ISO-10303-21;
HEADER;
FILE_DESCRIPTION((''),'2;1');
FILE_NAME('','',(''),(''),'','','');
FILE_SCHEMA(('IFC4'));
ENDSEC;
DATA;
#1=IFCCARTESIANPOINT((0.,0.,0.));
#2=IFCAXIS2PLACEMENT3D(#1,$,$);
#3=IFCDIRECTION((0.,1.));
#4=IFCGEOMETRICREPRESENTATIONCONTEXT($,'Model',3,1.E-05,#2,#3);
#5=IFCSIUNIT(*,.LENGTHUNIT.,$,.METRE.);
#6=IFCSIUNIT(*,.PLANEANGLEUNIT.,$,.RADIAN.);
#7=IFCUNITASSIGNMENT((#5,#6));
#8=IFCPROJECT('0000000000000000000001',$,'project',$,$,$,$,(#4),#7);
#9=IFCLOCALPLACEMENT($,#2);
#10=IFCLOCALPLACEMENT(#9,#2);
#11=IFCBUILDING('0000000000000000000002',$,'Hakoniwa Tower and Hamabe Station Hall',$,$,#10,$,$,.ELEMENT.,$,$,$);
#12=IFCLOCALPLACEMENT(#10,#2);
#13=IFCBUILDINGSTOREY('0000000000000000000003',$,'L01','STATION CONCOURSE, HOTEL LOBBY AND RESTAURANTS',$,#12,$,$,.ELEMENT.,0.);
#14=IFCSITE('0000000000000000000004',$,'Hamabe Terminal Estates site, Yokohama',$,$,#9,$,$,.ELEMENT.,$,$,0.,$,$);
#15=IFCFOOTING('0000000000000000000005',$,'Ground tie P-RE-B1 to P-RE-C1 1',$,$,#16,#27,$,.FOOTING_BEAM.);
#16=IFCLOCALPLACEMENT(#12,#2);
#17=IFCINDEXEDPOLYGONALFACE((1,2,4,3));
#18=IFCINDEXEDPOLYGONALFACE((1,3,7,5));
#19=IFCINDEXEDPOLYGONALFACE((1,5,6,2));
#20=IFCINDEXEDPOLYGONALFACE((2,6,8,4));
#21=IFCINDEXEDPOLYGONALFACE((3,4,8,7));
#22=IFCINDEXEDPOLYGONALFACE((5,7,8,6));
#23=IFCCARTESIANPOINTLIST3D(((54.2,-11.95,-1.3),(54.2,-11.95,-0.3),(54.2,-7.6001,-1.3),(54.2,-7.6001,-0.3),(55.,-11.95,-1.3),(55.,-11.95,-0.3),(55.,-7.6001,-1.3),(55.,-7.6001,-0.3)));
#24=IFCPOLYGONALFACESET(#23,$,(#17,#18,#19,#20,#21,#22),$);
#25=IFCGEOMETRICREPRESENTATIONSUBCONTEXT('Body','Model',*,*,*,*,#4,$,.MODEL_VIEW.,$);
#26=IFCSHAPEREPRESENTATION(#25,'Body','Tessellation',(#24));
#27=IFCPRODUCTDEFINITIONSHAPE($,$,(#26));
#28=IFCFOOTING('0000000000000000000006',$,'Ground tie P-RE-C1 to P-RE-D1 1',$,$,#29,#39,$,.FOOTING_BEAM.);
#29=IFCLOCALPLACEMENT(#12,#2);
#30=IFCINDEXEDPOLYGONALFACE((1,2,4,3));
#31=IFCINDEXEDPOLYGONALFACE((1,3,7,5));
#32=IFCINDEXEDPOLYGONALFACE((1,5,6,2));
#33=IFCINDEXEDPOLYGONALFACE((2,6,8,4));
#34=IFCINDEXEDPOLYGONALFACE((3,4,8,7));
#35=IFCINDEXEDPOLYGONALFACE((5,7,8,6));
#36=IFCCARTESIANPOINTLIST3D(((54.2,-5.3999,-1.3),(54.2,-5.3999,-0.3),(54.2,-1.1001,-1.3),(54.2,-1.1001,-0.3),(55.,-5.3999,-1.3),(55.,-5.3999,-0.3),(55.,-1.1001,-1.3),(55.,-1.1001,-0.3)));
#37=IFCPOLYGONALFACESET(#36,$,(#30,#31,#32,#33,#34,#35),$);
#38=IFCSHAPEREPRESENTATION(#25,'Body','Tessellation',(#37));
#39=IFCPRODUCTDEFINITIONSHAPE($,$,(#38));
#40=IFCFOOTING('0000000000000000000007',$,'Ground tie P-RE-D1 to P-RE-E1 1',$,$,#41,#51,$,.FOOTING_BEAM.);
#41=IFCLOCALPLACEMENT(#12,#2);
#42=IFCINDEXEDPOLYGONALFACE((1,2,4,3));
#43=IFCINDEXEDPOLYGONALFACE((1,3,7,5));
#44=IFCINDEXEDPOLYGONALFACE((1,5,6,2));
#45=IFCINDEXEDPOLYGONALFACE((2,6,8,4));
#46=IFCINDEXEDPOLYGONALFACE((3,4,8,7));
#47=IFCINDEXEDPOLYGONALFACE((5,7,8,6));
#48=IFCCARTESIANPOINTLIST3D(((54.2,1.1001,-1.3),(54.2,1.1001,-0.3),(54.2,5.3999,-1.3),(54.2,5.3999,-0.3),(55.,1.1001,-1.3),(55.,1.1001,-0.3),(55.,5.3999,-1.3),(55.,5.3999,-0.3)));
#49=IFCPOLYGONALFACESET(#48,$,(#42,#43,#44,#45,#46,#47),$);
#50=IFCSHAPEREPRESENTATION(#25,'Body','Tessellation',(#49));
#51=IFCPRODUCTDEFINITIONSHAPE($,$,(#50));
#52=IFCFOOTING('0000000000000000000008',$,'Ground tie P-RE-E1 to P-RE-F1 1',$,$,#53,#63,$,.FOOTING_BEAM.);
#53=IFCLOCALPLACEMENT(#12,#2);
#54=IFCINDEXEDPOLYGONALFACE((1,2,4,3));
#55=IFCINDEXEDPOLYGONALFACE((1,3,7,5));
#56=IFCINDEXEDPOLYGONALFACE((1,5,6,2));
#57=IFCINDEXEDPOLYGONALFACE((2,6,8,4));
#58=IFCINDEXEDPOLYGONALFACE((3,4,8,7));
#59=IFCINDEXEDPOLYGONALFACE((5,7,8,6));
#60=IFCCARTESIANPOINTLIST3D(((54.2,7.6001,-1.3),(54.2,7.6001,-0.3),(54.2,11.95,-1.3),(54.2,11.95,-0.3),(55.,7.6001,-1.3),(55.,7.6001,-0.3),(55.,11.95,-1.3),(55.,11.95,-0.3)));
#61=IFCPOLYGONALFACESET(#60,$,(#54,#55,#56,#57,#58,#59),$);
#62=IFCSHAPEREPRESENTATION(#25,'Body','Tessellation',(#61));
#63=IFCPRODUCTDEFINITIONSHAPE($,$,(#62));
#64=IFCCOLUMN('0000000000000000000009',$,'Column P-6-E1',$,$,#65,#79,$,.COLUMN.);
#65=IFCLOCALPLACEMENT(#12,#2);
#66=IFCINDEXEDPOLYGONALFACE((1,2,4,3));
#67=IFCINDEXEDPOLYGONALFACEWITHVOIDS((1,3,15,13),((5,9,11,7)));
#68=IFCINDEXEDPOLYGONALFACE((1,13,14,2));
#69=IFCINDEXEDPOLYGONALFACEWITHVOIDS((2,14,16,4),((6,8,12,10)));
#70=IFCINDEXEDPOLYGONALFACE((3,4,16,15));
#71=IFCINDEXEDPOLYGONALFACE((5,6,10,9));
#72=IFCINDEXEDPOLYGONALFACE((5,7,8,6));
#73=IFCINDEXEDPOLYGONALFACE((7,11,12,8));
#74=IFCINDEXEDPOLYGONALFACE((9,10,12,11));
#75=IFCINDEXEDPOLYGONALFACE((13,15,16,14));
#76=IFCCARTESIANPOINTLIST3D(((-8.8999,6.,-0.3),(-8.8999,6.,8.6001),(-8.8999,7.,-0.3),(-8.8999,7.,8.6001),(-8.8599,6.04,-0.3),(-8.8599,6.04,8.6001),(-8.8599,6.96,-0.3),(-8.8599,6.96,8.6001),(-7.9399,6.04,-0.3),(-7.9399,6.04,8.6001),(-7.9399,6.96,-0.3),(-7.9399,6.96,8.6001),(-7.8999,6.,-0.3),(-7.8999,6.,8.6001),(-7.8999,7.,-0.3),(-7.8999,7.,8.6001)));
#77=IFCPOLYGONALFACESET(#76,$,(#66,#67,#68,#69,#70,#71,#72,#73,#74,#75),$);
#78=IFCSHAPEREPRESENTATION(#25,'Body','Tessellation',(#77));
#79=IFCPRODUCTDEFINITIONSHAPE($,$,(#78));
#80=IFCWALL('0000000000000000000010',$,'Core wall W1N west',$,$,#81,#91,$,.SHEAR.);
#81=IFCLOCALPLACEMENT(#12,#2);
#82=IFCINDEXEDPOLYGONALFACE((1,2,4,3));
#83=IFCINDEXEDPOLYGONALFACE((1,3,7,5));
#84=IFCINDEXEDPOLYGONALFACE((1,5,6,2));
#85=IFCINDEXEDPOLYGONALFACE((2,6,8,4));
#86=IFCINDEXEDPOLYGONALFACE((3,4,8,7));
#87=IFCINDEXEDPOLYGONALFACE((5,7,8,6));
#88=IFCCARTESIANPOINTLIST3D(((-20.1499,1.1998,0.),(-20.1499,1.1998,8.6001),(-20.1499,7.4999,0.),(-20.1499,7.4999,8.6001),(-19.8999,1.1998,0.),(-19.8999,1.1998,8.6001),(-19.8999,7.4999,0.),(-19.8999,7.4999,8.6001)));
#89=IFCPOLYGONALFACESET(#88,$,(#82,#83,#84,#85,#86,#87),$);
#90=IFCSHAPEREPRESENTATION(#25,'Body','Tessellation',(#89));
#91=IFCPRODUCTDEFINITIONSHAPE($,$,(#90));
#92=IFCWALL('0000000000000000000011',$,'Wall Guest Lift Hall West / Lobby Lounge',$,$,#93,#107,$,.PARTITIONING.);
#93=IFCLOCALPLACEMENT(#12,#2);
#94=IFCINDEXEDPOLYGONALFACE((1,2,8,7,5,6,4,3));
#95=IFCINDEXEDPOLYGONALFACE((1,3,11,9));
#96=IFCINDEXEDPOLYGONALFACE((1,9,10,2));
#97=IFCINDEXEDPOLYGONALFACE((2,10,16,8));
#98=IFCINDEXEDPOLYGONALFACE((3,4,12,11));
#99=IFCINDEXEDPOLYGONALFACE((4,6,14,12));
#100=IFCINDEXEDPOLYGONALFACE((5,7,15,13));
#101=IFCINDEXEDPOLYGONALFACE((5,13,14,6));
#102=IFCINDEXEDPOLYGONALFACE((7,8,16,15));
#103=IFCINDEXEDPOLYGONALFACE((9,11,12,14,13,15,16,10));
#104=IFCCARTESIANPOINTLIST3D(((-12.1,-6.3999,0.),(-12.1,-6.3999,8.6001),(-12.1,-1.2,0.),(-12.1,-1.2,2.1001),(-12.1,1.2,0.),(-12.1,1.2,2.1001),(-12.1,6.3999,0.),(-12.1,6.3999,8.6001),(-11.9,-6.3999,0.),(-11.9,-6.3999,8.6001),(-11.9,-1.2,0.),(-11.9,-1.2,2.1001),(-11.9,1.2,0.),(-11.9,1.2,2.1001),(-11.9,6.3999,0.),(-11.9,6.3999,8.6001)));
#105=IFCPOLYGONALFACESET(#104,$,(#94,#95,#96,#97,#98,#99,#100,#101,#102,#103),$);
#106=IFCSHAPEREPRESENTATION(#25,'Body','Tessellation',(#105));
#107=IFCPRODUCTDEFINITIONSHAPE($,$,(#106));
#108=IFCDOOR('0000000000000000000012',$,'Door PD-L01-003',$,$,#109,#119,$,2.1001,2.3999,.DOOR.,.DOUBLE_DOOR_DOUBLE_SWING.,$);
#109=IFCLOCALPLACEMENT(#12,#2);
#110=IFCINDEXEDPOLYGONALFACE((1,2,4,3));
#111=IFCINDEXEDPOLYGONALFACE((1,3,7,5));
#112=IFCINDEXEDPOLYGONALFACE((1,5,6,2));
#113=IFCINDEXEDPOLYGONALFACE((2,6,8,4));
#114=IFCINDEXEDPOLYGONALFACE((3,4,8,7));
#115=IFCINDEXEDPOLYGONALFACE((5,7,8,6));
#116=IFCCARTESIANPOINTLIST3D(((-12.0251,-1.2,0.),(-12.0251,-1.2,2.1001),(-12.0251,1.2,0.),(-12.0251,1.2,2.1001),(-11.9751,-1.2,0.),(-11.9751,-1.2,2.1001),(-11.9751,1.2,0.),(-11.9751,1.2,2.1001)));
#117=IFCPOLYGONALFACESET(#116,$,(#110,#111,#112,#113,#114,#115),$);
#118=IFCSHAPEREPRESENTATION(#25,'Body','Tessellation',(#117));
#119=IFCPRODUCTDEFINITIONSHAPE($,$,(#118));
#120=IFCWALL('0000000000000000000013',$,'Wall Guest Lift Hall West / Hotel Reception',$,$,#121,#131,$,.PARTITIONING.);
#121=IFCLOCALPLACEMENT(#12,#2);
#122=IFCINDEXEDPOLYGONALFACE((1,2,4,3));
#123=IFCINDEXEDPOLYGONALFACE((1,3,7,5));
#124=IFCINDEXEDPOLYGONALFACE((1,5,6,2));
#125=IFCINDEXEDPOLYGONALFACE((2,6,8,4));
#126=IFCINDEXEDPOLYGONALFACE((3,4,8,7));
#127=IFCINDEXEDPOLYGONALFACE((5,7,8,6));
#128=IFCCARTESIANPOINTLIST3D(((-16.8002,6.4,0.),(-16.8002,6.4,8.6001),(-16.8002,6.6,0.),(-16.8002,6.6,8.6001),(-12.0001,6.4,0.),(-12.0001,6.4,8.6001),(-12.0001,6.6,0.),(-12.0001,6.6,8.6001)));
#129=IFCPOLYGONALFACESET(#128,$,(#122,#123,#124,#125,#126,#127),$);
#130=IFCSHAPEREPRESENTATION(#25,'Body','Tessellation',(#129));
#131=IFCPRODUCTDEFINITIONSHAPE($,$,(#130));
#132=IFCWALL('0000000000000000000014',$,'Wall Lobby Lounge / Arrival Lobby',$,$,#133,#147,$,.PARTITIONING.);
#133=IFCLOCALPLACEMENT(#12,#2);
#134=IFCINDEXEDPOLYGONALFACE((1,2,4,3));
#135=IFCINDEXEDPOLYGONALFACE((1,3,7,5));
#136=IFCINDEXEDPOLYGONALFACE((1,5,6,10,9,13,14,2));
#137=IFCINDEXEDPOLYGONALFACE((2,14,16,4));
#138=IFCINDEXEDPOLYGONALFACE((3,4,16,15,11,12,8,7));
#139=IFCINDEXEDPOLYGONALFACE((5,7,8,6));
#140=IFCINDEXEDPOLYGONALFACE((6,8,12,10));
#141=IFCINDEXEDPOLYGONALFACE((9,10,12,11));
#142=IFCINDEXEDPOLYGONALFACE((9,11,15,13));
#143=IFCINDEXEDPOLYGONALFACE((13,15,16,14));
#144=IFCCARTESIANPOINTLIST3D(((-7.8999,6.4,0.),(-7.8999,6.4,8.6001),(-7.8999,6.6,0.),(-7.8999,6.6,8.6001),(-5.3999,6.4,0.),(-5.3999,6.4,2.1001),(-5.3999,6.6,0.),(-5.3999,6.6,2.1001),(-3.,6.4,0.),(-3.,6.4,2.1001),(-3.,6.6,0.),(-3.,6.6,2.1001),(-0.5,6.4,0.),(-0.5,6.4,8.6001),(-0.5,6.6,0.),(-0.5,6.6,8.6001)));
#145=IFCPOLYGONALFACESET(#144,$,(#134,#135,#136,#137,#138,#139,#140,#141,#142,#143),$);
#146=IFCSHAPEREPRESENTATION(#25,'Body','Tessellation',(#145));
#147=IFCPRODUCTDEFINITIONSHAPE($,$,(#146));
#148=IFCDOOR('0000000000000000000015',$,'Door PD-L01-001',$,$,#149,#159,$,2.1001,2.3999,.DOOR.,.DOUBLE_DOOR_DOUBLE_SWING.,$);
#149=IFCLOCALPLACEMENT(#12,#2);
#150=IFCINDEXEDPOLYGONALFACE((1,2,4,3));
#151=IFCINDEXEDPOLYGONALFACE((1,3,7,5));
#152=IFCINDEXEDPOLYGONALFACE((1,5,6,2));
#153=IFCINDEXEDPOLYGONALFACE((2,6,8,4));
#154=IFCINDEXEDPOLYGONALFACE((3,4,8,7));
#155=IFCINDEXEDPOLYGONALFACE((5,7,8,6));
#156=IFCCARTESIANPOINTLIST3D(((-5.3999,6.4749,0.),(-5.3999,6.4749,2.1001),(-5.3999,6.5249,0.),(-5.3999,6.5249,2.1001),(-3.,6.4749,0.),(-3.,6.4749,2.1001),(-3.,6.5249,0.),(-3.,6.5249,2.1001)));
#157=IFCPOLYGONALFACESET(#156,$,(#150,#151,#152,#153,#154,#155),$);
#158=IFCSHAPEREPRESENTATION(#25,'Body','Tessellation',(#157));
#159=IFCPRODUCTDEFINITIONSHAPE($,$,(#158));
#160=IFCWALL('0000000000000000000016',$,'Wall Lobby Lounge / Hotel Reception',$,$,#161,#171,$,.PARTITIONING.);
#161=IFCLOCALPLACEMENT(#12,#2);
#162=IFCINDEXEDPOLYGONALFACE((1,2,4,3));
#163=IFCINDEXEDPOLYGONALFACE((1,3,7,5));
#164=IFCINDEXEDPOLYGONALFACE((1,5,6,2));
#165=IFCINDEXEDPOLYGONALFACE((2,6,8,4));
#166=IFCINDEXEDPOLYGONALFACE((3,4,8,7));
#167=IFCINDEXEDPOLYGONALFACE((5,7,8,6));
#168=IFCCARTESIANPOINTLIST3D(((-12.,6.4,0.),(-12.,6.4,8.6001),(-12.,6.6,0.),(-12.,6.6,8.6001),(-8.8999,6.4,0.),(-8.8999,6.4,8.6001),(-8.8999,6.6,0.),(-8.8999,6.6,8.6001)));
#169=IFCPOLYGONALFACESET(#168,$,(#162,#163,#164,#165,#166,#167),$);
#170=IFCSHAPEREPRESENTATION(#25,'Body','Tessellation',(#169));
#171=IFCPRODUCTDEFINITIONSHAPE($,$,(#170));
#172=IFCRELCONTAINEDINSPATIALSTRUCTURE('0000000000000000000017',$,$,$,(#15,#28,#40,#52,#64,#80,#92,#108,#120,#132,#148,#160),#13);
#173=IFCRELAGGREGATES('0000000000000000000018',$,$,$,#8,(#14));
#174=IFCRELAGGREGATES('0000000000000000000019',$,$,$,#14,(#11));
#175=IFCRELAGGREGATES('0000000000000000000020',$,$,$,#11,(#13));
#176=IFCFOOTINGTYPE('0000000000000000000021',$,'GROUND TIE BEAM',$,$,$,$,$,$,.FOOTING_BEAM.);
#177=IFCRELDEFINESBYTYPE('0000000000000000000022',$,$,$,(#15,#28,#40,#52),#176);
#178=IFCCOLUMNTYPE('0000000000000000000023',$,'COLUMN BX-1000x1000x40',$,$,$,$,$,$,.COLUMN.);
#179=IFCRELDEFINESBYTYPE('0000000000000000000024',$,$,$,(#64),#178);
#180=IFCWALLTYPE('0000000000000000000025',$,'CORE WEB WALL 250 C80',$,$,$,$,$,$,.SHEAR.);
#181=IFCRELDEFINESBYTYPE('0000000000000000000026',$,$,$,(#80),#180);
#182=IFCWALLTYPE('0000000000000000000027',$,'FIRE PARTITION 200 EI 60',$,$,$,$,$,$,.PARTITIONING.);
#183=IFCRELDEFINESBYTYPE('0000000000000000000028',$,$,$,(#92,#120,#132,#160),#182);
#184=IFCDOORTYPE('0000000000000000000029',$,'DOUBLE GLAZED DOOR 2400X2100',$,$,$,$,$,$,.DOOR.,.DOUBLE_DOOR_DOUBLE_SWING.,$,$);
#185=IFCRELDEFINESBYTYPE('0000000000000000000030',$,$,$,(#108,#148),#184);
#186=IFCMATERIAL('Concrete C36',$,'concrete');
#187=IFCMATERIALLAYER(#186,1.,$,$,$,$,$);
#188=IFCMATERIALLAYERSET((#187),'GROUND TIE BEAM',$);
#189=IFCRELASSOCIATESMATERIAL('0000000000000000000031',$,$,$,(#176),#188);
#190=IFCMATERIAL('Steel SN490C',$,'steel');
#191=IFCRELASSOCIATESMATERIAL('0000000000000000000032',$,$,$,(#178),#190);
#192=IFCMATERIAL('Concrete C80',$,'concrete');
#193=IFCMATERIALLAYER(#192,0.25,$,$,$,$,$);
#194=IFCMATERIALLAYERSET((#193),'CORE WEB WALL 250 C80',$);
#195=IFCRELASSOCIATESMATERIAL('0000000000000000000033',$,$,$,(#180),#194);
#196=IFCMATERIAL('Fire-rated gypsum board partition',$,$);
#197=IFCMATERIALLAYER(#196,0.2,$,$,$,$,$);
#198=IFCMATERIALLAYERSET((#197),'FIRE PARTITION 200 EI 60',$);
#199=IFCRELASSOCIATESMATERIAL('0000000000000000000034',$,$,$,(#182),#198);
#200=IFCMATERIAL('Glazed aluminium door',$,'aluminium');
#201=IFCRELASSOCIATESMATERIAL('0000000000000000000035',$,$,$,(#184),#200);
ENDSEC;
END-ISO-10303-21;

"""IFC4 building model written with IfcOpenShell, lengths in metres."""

from ifc_helpers import new_model, si_unit, direction, frame, frame_2d, origin, origin_2d, place, context, subcontext, project, spatial, polyline, rectangle, hollow_rectangle, outline, extrude, material, layer, layer_set, material_profile, profile_set, type_object, element, fill, save


model = new_model("IFC4")

# Units and contexts
model_context = context("Model", 3, precision=1e-05, world=origin(), true_north=direction((0.0, 1.0)))
body_context = subcontext(model_context, "Body", "Model", "MODEL_VIEW")
ifc_project = project(units=[si_unit("LENGTHUNIT", "METRE"), si_unit("PLANEANGLEUNIT", "RADIAN")], contexts=[model_context])

# Site, building, storey
site_placement = place(None, origin())
site = spatial("IfcSite", under=ifc_project, at=site_placement, Name="Hamabe Terminal Estates site, Yokohama", CompositionType="ELEMENT", RefElevation=0.0)
building_placement = place(site_placement, origin())
building = spatial("IfcBuilding", under=site, at=building_placement, Name="Hakoniwa Tower and Hamabe Station Hall", CompositionType="ELEMENT")
storey_placement = place(building_placement, origin())
storey = spatial("IfcBuildingStorey", under=building, at=storey_placement, Name="L01", Description="STATION CONCOURSE, HOTEL LOBBY AND RESTAURANTS", CompositionType="ELEMENT", Elevation=0.0)

# Footings
ifc_material_1 = material(Name="Concrete C36", Category="concrete")
ifc_layer_1 = layer(ifc_material_1, 1.0)
ifc_layer_set_1 = layer_set([ifc_layer_1], Name="GROUND TIE BEAM")
footing_type = type_object("IfcFootingType", Name="GROUND TIE BEAM", PredefinedType="FOOTING_BEAM", material=ifc_layer_set_1)
footing_1_placement = place(storey_placement, frame((0.0, 0.0, -1.3)))
element("IfcFooting", 1, at=footing_1_placement, inside=storey, type_object=footing_type, Name="Ground tie P-RE-B1 to P-RE-C1 1", PredefinedType="FOOTING_BEAM", context=body_context, shape_type="SweptSolid", body=[
    extrude(outline(polyline([(54.2, -7.6001), (54.2, -11.95), (55.0, -11.95), (55.0, -7.6001), (54.2, -7.6001)])), origin(), (0.0, 0.0, 1.0), 1.0),
])
footing_2_placement = place(storey_placement, frame((0.0, 0.0, -1.3)))
element("IfcFooting", 2, at=footing_2_placement, inside=storey, type_object=footing_type, Name="Ground tie P-RE-C1 to P-RE-D1 1", PredefinedType="FOOTING_BEAM", context=body_context, shape_type="SweptSolid", body=[
    extrude(outline(polyline([(54.2, -1.1001), (54.2, -5.3999), (55.0, -5.3999), (55.0, -1.1001), (54.2, -1.1001)])), origin(), (0.0, 0.0, 1.0), 1.0),
])
footing_3_placement = place(storey_placement, frame((0.0, 0.0, -1.3)))
element("IfcFooting", 3, at=footing_3_placement, inside=storey, type_object=footing_type, Name="Ground tie P-RE-D1 to P-RE-E1 1", PredefinedType="FOOTING_BEAM", context=body_context, shape_type="SweptSolid", body=[
    extrude(outline(polyline([(54.2, 5.3999), (54.2, 1.1001), (55.0, 1.1001), (55.0, 5.3999), (54.2, 5.3999)])), origin(), (0.0, 0.0, 1.0), 1.0),
])
footing_4_placement = place(storey_placement, frame((0.0, 0.0, -1.3)))
element("IfcFooting", 4, at=footing_4_placement, inside=storey, type_object=footing_type, Name="Ground tie P-RE-E1 to P-RE-F1 1", PredefinedType="FOOTING_BEAM", context=body_context, shape_type="SweptSolid", body=[
    extrude(outline(polyline([(54.2, 11.95), (54.2, 7.6001), (55.0, 7.6001), (55.0, 11.95), (54.2, 11.95)])), origin(), (0.0, 0.0, 1.0), 1.0),
])

# Column
ifc_material_2 = material(Name="Steel SN490C", Category="steel")
ifc_material_profile_1 = material_profile(ifc_material_2, hollow_rectangle(XDim=1.0, YDim=1.0, WallThickness=0.04, at=origin_2d()), Name="BX-1000x1000x40")
ifc_profile_set_1 = profile_set([ifc_material_profile_1], Name="Steel SN490C")
column_type = type_object("IfcColumnType", Name="COLUMN BX-1000x1000x40", PredefinedType="COLUMN", material=ifc_profile_set_1)
column_placement = place(storey_placement, frame((-8.3999, 6.5, -0.3), z_axis=(0.0, 0.0, 1.0), x_axis=(1.0, 0.0, 0.0)))
element("IfcColumn", 5, at=column_placement, inside=storey, type_object=column_type, Name="Column P-6-E1", PredefinedType="COLUMN", context=body_context, shape_type="SweptSolid", body=[
    extrude(hollow_rectangle(XDim=1.0, YDim=1.0, WallThickness=0.04, at=origin_2d()), origin(), (0.0, 0.0, 1.0), 8.9001),
])

# Wall
ifc_material_3 = material(Name="Concrete C80", Category="concrete")
ifc_layer_2 = layer(ifc_material_3, 0.25)
ifc_layer_set_2 = layer_set([ifc_layer_2], Name="CORE WEB WALL 250 C80")
wall_type_1 = type_object("IfcWallType", Name="CORE WEB WALL 250 C80", PredefinedType="SHEAR", material=ifc_layer_set_2)
wall_1_placement = place(storey_placement, frame((-20.0249, 1.2, 0.0), z_axis=(0.0, 0.0, 1.0), x_axis=(0.0, 1.0, 0.0)))
element("IfcWall", 6, at=wall_1_placement, inside=storey, type_object=wall_type_1, Name="Core wall W1N west", PredefinedType="SHEAR", context=body_context, shape_type="SweptSolid", body=[
    extrude(rectangle(XDim=6.3, YDim=0.25, at=frame_2d((3.1499, 0.0))), origin(), (0.0, 0.0, 1.0), 8.6001),
])

# Wall, opening, door
ifc_material_4 = material(Name="Fire-rated gypsum board partition")
ifc_layer_3 = layer(ifc_material_4, 0.2)
ifc_layer_set_3 = layer_set([ifc_layer_3], Name="FIRE PARTITION 200 EI 60")
wall_type_2 = type_object("IfcWallType", Name="FIRE PARTITION 200 EI 60", PredefinedType="PARTITIONING", material=ifc_layer_set_3)
wall_2_placement = place(storey_placement, frame((-12.0, 6.3999, 0.0), z_axis=(0.0, 0.0, 1.0), x_axis=(0.0, -1.0, 0.0)))
wall_2 = element("IfcWall", 7, at=wall_2_placement, inside=storey, type_object=wall_type_2, Name="Wall Guest Lift Hall West / Lobby Lounge", PredefinedType="PARTITIONING", context=body_context, shape_type="SweptSolid", body=[
    extrude(rectangle(XDim=12.7998, YDim=0.2, at=frame_2d((6.3999, 0.0))), origin(), (0.0, 0.0, 1.0), 8.6001),
])
opening_1_placement = place(wall_2_placement, frame((5.2, 0.0, 0.0)))
opening_1 = element("IfcOpeningElement", 8, at=opening_1_placement, cuts=wall_2, PredefinedType="OPENING", context=body_context, shape_type="SweptSolid", body=[
    extrude(rectangle(XDim=2.3999, YDim=2.1001, at=frame_2d((1.2, 1.05))), frame((0.0, 0.1099, 0.0), z_axis=(0.0, -1.0, 0.0), x_axis=(1.0, 0.0, 0.0)), (0.0, 0.0, 1.0), 0.22),
])
ifc_material_5 = material(Name="Glazed aluminium door", Category="aluminium")
door_type_1 = type_object("IfcDoorType", Name="DOUBLE GLAZED DOOR 2400X2100", OperationType="DOUBLE_DOOR_DOUBLE_SWING", PredefinedType="DOOR", material=ifc_material_5)
door_1_placement = place(opening_1_placement, origin())
door_1 = element("IfcDoor", 9, at=door_1_placement, inside=storey, type_object=door_type_1, Name="Door PD-L01-003", OperationType="DOUBLE_DOOR_DOUBLE_SWING", OverallHeight=2.1001, OverallWidth=2.3999, PredefinedType="DOOR", context=body_context, shape_type="SweptSolid", body=[
    extrude(rectangle(XDim=2.3999, YDim=2.1001, at=frame_2d((1.2, 1.05))), frame((0.0, 0.0249, 0.0), z_axis=(0.0, -1.0, 0.0), x_axis=(1.0, 0.0, 0.0)), (0.0, 0.0, 1.0), 0.05),
])
fill(opening_1, door_1)

# Wall
wall_3_placement = place(storey_placement, frame((-16.8, 6.5, 0.0), z_axis=(0.0, 0.0, 1.0), x_axis=(1.0, 0.0, 0.0)))
element("IfcWall", 10, at=wall_3_placement, inside=storey, type_object=wall_type_2, Name="Wall Guest Lift Hall West / Hotel Reception", PredefinedType="PARTITIONING", context=body_context, shape_type="SweptSolid", body=[
    extrude(rectangle(XDim=4.8, YDim=0.2, at=frame_2d((2.3999, 0.0))), origin(), (0.0, 0.0, 1.0), 8.6001),
])

# Wall, opening, door
wall_4_placement = place(storey_placement, frame((-7.8999, 6.5, 0.0), z_axis=(0.0, 0.0, 1.0), x_axis=(1.0, 0.0, 0.0)))
wall_4 = element("IfcWall", 11, at=wall_4_placement, inside=storey, type_object=wall_type_2, Name="Wall Lobby Lounge / Arrival Lobby", PredefinedType="PARTITIONING", context=body_context, shape_type="SweptSolid", body=[
    extrude(rectangle(XDim=7.3999, YDim=0.2, at=frame_2d((3.7, 0.0))), origin(), (0.0, 0.0, 1.0), 8.6001),
])
opening_2_placement = place(wall_4_placement, frame((2.5, 0.0, 0.0)))
opening_2 = element("IfcOpeningElement", 12, at=opening_2_placement, cuts=wall_4, PredefinedType="OPENING", context=body_context, shape_type="SweptSolid", body=[
    extrude(rectangle(XDim=2.3999, YDim=2.1001, at=frame_2d((1.2, 1.05))), frame((0.0, 0.1099, 0.0), z_axis=(0.0, -1.0, 0.0), x_axis=(1.0, 0.0, 0.0)), (0.0, 0.0, 1.0), 0.22),
])
door_2_placement = place(opening_2_placement, origin())
door_2 = element("IfcDoor", 13, at=door_2_placement, inside=storey, type_object=door_type_1, Name="Door PD-L01-001", OperationType="DOUBLE_DOOR_DOUBLE_SWING", OverallHeight=2.1001, OverallWidth=2.3999, PredefinedType="DOOR", context=body_context, shape_type="SweptSolid", body=[
    extrude(rectangle(XDim=2.3999, YDim=2.1001, at=frame_2d((1.2, 1.05))), frame((0.0, 0.0249, 0.0), z_axis=(0.0, -1.0, 0.0), x_axis=(1.0, 0.0, 0.0)), (0.0, 0.0, 1.0), 0.05),
])
fill(opening_2, door_2)

# Wall
wall_5_placement = place(storey_placement, frame((-12.0, 6.5, 0.0), z_axis=(0.0, 0.0, 1.0), x_axis=(1.0, 0.0, 0.0)))
element("IfcWall", 14, at=wall_5_placement, inside=storey, type_object=wall_type_2, Name="Wall Lobby Lounge / Hotel Reception", PredefinedType="PARTITIONING", context=body_context, shape_type="SweptSolid", body=[
    extrude(rectangle(XDim=3.1001, YDim=0.2, at=frame_2d((1.55, 0.0))), origin(), (0.0, 0.0, 1.0), 8.6001),
])

save(model, "model.ifc")
